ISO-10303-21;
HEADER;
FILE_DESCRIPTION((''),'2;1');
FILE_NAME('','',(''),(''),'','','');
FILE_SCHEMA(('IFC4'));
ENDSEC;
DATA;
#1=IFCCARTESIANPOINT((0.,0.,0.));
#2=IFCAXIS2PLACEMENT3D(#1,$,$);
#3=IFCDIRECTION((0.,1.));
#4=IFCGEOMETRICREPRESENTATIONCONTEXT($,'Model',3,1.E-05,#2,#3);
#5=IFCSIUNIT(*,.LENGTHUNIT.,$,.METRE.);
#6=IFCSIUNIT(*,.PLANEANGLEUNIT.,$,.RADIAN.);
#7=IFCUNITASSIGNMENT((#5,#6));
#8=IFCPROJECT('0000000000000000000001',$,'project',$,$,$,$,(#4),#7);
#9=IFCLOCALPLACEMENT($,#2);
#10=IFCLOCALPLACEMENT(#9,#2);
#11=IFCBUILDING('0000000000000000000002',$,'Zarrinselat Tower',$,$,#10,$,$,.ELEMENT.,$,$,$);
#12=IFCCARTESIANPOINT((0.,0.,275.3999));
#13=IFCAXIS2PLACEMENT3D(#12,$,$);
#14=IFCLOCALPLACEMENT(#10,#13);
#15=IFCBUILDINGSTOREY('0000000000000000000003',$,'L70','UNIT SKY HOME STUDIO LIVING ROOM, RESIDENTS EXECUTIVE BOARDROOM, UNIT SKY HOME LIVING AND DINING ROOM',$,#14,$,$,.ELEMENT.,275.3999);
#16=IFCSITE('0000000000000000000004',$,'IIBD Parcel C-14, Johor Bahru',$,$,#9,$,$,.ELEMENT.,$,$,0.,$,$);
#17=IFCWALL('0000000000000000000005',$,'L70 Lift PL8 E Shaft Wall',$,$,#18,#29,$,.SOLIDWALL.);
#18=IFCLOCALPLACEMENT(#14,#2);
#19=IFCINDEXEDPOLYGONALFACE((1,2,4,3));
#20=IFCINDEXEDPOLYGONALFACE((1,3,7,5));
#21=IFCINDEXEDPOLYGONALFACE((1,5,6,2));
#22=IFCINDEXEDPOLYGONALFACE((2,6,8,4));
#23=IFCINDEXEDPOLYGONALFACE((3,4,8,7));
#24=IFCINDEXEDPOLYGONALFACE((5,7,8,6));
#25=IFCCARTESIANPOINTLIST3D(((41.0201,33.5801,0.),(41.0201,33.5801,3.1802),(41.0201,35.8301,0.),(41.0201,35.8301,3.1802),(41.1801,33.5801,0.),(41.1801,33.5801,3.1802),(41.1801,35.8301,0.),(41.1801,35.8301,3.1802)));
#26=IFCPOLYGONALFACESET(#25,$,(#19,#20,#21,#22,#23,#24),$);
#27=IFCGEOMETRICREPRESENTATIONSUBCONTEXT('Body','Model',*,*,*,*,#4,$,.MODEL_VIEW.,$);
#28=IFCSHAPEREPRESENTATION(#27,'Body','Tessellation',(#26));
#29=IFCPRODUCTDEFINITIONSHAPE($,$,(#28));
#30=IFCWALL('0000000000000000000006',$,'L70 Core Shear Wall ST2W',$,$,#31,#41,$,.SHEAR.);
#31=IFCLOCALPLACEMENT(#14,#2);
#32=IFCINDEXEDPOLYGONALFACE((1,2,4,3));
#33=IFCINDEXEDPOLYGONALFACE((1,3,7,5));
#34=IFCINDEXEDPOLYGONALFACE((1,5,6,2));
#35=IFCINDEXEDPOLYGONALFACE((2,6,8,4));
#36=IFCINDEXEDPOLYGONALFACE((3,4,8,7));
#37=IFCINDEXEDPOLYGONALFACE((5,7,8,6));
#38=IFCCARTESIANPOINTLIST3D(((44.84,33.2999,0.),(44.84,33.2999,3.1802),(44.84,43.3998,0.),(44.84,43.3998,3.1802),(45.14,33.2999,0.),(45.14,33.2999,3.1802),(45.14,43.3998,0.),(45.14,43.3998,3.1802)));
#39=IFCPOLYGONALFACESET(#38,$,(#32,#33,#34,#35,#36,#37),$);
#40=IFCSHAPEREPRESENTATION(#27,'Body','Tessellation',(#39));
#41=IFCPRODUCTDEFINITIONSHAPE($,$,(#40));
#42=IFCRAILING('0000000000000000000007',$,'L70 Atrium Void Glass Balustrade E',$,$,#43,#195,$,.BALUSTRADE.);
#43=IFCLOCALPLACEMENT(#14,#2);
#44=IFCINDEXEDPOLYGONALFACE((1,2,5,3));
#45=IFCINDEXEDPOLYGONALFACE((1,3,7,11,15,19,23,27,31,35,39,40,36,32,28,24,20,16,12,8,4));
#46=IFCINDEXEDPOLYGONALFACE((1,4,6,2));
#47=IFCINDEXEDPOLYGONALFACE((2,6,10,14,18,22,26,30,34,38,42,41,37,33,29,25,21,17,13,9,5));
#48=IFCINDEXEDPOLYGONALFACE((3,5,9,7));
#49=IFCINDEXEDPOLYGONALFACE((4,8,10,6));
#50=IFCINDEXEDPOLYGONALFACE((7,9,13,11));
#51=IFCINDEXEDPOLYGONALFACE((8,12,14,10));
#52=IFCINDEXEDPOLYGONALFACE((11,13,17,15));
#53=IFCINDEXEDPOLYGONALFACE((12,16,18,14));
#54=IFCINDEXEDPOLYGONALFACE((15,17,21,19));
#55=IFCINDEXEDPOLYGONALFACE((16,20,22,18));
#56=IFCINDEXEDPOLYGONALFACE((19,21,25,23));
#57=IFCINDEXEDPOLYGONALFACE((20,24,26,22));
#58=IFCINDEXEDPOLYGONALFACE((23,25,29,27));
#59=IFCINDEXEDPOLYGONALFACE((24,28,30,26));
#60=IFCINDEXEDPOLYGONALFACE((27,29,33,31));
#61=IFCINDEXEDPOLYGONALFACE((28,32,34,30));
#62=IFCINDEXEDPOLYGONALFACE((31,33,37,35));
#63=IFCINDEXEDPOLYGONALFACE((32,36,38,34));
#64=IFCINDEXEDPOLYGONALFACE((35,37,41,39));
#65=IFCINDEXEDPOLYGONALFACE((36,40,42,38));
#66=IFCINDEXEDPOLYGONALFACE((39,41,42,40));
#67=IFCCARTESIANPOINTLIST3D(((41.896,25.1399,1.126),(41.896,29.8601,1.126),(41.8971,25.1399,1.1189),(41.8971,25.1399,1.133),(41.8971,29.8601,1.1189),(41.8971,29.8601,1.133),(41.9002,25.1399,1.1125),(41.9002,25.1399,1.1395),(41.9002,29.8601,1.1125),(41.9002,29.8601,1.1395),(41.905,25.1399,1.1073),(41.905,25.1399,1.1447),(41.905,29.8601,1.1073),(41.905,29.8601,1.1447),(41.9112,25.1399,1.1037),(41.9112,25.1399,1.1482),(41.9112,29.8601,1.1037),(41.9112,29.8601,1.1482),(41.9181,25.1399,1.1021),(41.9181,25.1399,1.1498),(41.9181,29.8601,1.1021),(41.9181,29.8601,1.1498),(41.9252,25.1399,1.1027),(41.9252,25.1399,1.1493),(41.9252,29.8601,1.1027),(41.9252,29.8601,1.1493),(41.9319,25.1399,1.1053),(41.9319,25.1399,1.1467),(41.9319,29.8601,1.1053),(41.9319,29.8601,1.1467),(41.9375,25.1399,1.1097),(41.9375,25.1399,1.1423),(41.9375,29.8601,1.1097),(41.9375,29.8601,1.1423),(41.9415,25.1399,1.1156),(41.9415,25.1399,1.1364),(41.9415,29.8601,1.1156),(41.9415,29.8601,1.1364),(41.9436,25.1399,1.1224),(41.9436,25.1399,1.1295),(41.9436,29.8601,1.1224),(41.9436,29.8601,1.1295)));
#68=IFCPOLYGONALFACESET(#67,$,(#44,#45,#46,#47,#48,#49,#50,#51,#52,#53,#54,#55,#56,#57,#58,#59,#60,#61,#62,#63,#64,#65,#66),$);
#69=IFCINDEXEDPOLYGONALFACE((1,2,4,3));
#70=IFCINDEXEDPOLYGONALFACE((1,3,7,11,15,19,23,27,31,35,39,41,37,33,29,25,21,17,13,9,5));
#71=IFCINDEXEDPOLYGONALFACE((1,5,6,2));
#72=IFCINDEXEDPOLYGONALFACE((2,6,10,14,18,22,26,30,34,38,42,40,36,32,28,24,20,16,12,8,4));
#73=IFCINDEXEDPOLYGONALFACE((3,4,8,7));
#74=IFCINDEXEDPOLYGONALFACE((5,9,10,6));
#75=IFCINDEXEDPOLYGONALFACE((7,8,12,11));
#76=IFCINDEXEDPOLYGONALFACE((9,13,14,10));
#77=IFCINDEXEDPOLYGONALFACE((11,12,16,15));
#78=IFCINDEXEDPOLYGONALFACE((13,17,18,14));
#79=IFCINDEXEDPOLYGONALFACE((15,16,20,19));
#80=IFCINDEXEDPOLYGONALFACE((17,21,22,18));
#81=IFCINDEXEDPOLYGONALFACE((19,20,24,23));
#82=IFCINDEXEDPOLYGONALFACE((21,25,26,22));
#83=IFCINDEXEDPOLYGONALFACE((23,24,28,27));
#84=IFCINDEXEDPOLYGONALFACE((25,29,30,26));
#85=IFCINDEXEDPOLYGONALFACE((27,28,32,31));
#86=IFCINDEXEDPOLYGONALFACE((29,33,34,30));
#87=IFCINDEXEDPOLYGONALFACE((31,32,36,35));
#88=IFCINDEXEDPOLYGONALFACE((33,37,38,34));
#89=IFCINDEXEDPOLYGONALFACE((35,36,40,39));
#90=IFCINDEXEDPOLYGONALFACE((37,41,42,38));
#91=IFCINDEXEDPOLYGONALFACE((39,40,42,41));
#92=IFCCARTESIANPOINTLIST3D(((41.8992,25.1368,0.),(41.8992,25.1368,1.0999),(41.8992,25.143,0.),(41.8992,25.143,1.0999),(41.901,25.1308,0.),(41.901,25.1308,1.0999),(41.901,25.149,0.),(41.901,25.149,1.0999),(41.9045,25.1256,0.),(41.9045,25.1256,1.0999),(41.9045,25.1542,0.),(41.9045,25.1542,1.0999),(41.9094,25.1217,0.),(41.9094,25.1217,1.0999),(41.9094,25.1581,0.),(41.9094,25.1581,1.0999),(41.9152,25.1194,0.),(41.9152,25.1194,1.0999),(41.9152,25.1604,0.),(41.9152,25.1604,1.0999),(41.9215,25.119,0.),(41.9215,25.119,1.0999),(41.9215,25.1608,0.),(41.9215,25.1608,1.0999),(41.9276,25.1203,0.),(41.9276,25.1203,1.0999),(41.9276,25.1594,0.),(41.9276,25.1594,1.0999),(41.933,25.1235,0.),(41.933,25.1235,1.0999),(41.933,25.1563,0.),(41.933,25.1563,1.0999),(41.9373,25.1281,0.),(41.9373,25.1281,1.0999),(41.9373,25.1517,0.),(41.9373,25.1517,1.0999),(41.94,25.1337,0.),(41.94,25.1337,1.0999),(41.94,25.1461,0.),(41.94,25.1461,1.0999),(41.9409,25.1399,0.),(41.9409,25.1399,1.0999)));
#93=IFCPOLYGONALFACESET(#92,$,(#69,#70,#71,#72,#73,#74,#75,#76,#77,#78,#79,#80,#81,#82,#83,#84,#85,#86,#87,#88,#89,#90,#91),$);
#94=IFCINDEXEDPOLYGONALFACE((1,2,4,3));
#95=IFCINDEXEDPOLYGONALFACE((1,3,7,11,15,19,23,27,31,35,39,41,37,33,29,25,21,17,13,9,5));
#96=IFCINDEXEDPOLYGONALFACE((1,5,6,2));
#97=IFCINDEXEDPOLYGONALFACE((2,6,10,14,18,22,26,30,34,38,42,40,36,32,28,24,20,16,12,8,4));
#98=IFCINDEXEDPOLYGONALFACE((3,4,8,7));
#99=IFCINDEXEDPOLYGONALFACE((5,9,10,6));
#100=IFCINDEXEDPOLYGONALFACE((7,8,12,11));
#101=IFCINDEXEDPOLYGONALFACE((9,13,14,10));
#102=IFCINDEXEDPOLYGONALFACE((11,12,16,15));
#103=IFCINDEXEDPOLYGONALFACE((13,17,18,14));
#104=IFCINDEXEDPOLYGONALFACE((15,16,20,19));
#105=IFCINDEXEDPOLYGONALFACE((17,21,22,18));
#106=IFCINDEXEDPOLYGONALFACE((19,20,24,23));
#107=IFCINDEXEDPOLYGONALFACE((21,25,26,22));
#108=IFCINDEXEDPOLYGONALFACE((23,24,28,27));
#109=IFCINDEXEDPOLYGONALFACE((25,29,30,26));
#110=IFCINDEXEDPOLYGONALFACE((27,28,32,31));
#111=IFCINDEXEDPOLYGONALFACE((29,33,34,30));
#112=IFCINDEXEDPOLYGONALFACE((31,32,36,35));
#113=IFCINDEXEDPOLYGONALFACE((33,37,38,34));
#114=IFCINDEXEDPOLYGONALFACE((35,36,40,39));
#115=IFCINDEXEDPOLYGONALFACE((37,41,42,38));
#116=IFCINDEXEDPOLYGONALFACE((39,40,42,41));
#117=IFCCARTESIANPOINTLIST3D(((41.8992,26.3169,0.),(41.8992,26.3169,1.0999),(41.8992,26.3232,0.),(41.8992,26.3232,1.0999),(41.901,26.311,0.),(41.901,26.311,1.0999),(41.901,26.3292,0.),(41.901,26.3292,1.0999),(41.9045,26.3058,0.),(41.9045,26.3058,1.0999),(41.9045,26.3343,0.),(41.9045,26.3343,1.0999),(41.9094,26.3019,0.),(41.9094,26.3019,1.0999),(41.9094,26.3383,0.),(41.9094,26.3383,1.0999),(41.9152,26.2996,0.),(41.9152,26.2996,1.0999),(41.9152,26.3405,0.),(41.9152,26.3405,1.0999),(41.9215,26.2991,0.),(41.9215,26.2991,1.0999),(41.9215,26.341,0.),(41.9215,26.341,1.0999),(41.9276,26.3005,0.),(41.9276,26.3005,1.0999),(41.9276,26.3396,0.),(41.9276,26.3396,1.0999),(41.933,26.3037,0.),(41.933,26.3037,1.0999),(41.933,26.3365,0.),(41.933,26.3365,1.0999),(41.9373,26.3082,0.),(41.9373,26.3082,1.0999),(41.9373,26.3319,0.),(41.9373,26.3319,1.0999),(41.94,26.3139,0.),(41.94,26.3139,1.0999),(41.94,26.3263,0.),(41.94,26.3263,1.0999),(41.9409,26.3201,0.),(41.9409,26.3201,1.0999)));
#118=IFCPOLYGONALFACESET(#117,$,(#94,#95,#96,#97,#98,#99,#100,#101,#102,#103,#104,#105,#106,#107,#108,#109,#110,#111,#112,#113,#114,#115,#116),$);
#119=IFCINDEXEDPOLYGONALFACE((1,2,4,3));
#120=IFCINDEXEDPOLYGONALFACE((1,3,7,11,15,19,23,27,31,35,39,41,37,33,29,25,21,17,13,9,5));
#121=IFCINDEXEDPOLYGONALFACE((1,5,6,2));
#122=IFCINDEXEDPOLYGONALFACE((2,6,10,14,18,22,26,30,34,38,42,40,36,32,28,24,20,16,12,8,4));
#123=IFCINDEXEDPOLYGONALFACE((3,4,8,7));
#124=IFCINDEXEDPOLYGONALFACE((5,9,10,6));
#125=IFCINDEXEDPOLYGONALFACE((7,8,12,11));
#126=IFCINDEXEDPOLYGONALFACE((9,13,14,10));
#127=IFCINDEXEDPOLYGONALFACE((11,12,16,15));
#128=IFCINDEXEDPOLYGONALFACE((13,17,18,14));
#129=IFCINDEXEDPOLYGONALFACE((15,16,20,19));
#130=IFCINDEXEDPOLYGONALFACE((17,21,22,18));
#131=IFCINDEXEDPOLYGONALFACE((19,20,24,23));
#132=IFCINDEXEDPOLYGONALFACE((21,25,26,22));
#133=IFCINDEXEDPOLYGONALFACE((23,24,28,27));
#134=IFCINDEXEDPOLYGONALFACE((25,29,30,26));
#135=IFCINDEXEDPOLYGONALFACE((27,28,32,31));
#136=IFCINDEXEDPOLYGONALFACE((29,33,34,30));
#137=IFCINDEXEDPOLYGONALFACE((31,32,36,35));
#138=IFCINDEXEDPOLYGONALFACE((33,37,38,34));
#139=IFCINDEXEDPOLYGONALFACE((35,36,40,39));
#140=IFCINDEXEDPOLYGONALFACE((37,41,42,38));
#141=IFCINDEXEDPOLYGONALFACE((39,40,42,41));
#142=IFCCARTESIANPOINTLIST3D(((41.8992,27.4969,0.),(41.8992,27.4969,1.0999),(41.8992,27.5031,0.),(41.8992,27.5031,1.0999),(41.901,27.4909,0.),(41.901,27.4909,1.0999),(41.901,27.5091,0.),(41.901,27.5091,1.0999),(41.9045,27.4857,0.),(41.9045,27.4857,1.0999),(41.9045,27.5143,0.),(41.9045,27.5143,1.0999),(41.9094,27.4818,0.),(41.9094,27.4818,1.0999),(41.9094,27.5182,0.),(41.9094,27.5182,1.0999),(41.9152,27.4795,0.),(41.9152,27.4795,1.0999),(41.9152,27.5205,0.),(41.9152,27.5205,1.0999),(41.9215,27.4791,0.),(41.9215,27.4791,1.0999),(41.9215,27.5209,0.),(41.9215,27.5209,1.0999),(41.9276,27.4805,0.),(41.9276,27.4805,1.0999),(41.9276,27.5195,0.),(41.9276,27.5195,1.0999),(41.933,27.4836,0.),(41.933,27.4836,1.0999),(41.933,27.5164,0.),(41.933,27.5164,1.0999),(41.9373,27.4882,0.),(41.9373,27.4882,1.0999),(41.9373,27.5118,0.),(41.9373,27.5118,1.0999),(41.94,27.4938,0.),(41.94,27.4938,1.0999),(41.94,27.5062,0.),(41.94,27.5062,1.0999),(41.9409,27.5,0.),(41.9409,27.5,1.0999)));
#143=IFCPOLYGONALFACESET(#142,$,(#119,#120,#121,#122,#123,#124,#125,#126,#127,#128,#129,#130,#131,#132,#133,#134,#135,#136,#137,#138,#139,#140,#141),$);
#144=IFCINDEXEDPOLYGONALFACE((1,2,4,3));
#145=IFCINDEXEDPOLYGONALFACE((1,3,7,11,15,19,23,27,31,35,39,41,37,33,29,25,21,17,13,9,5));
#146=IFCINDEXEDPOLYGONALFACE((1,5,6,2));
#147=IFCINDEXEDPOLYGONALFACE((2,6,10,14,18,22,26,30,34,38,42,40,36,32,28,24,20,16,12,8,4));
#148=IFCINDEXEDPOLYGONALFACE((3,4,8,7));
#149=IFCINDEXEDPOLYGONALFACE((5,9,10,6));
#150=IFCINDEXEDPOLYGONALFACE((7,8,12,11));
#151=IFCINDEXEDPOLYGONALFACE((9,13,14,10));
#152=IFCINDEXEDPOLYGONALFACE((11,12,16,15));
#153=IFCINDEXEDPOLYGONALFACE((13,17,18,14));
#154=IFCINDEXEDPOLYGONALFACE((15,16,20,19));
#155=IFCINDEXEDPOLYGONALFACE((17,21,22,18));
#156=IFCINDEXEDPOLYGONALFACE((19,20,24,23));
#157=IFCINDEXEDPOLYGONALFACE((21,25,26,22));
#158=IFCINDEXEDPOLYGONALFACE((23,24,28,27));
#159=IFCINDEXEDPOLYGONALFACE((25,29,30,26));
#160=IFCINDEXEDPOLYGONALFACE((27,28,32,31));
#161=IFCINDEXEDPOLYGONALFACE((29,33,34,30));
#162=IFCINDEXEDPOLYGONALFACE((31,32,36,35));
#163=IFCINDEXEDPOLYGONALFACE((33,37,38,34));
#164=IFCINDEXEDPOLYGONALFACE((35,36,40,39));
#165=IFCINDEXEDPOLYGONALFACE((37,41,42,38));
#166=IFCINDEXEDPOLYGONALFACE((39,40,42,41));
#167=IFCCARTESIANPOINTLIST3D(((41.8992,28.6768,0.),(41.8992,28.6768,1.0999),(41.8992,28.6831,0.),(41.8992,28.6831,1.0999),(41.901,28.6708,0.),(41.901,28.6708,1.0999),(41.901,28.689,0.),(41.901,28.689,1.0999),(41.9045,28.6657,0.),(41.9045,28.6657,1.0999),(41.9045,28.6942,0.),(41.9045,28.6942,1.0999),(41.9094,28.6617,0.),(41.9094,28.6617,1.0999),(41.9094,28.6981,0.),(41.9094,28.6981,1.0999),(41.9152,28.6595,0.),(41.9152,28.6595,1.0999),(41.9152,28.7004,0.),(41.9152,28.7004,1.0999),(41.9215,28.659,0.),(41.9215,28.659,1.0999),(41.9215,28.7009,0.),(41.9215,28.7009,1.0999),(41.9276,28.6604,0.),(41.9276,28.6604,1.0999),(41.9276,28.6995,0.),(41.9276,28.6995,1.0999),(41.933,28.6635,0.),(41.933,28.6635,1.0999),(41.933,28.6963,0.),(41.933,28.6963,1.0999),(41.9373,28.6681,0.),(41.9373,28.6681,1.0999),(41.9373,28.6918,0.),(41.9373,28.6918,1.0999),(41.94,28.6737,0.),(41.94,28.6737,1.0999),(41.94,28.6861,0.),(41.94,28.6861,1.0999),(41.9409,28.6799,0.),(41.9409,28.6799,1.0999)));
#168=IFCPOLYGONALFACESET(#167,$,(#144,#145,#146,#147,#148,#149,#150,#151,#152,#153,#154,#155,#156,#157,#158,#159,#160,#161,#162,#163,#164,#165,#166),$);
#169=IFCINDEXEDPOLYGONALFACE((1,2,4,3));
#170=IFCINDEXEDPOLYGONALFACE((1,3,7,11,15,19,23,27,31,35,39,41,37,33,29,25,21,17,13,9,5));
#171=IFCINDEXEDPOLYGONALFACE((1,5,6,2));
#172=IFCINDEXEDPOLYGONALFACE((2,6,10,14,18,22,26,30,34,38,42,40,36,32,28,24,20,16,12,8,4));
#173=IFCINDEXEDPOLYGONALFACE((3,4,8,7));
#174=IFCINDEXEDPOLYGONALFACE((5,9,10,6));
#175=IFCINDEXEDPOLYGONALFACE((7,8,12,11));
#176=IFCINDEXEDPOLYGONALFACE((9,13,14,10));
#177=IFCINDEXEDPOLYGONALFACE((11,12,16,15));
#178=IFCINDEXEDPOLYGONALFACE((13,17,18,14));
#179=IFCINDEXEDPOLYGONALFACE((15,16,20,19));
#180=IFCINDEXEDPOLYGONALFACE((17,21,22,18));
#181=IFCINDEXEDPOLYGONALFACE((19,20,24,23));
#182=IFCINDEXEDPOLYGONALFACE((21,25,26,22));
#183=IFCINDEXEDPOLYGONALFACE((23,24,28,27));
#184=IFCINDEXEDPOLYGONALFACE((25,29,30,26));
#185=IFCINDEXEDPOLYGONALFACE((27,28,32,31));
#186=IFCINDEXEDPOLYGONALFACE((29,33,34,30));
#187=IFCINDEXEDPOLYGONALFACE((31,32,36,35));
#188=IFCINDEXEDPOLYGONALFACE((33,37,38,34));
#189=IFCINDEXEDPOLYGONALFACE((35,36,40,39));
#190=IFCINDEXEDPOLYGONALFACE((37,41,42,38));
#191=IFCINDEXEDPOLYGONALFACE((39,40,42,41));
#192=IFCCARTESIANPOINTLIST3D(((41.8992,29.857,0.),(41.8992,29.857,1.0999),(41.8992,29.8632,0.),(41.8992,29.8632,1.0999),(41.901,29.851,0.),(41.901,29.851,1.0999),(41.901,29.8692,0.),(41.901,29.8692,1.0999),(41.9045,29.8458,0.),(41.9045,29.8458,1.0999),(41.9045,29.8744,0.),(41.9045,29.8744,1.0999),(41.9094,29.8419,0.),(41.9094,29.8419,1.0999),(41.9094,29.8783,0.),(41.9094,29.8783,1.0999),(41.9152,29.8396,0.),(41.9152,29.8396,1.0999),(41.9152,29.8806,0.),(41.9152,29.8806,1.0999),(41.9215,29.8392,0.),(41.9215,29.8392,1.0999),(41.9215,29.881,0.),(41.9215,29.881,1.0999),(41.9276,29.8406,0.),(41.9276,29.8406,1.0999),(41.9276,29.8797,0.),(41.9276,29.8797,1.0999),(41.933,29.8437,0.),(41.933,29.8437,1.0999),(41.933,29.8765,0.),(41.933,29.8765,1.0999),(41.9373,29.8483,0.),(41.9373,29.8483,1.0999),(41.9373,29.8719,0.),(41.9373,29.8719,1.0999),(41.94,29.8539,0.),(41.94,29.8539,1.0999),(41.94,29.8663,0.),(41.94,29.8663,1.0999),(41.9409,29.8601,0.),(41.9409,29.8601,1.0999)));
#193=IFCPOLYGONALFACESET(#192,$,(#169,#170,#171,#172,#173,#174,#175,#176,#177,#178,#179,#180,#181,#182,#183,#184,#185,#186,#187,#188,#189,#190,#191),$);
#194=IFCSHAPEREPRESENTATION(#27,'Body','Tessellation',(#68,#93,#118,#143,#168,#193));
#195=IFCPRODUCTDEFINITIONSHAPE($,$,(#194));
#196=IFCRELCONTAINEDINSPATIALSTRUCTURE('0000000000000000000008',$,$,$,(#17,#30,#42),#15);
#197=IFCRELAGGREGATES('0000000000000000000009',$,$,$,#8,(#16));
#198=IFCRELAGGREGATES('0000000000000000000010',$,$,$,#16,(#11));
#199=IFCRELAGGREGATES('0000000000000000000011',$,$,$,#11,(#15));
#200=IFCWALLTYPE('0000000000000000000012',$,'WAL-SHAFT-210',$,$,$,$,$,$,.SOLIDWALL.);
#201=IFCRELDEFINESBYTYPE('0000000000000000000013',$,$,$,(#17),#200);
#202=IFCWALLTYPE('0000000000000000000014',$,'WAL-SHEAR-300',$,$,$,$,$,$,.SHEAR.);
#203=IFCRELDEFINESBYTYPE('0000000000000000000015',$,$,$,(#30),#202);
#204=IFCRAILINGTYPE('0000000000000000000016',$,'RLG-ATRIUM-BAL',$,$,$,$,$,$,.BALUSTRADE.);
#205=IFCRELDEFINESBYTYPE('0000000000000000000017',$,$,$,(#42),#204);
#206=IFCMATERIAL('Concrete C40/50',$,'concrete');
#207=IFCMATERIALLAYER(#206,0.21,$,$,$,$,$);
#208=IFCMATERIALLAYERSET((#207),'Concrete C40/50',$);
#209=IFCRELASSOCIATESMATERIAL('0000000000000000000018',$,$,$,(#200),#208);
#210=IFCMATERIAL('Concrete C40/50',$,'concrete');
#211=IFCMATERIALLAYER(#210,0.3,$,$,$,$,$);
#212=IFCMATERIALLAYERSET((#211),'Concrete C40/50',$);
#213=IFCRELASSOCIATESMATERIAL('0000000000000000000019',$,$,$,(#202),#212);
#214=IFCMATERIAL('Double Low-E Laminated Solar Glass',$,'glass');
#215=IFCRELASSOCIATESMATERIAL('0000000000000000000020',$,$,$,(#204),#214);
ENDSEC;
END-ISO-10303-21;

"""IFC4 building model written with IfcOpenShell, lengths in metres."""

from ifc_helpers import new_model, si_unit, direction, frame, frame_2d, origin, origin_2d, place, context, subcontext, project, spatial, rectangle, circle, extrude, material, layer, layer_set, type_object, element, save


model = new_model("IFC4")

# Units and contexts
model_context = context("Model", 3, precision=1e-05, world=origin(), true_north=direction((0.0, 1.0)))
body_context = subcontext(model_context, "Body", "Model", "MODEL_VIEW")
ifc_project = project(units=[si_unit("LENGTHUNIT", "METRE"), si_unit("PLANEANGLEUNIT", "RADIAN")], contexts=[model_context])

# Site, building, storey
site_placement = place(None, origin())
site = spatial("IfcSite", under=ifc_project, at=site_placement, Name="IIBD Parcel C-14, Johor Bahru", CompositionType="ELEMENT", RefElevation=0.0)
building_placement = place(site_placement, origin())
building = spatial("IfcBuilding", under=site, at=building_placement, Name="Zarrinselat Tower", CompositionType="ELEMENT")
storey_placement = place(building_placement, frame((0.0, 0.0, 275.3999)))
storey = spatial("IfcBuildingStorey", under=building, at=storey_placement, Name="L70", Description="UNIT SKY HOME STUDIO LIVING ROOM, RESIDENTS EXECUTIVE BOARDROOM, UNIT SKY HOME LIVING AND DINING ROOM", CompositionType="ELEMENT", Elevation=275.3999)

# Walls
ifc_material_1 = material(Name="Concrete C40/50", Category="concrete")
ifc_layer_1 = layer(ifc_material_1, 0.21)
ifc_layer_set_1 = layer_set([ifc_layer_1], Name="Concrete C40/50")
wall_type_1 = type_object("IfcWallType", Name="WAL-SHAFT-210", PredefinedType="SOLIDWALL", material=ifc_layer_set_1)
for number, where, z_axis, x_axis, name in (
    (1, (41.1001, 33.5801, 0.0), (0.0, 0.0, 1.0), (0.0, 1.0, 0.0), "L70 Lift PL8 E Shaft Wall"),
):
    element("IfcWall", number, at=place(storey_placement, frame(where, z_axis=z_axis, x_axis=x_axis)), inside=storey, type_object=wall_type_1, Name=name, PredefinedType="SOLIDWALL", context=body_context, shape_type="SweptSolid", body=[
        extrude(rectangle(XDim=2.25, YDim=0.1599, at=frame_2d((1.125, 0.0))), origin(), (0.0, 0.0, 1.0), 3.1802),
    ])
ifc_material_2 = material(Name="Concrete C40/50", Category="concrete")
ifc_layer_2 = layer(ifc_material_2, 0.3)
ifc_layer_set_2 = layer_set([ifc_layer_2], Name="Concrete C40/50")
wall_type_2 = type_object("IfcWallType", Name="WAL-SHEAR-300", PredefinedType="SHEAR", material=ifc_layer_set_2)
wall_1_placement = place(storey_placement, frame((44.99, 33.3, 0.0), z_axis=(0.0, 0.0, 1.0), x_axis=(0.0, 1.0, 0.0)))
element("IfcWall", 2, at=wall_1_placement, inside=storey, type_object=wall_type_2, Name="L70 Core Shear Wall ST2W", PredefinedType="SHEAR", context=body_context, shape_type="SweptSolid", body=[
    extrude(rectangle(XDim=10.0999, YDim=0.3, at=frame_2d((5.0498, 0.0))), origin(), (0.0, 0.0, 1.0), 3.1802),
])

# Railing
ifc_material_3 = material(Name="Double Low-E Laminated Solar Glass", Category="glass")
railing_type = type_object("IfcRailingType", Name="RLG-ATRIUM-BAL", PredefinedType="BALUSTRADE", material=ifc_material_3)
railing_1_placement = place(storey_placement, frame((41.9199, 25.1399, 0.0)))
element("IfcRailing", 3, at=railing_1_placement, inside=storey, type_object=railing_type, Name="L70 Atrium Void Glass Balustrade E", PredefinedType="BALUSTRADE", context=body_context, shape_type="SweptSolid", body=[
    extrude(circle(Radius=0.0239, at=origin_2d()), frame((0.0, 0.0, 1.126), z_axis=(0.0, 1.0, 0.0), x_axis=(-1.0, 0.0, 0.0)), (0.0, 0.0, 1.0), 4.7202),
    extrude(circle(Radius=0.021, at=origin_2d()), origin(), (0.0, 0.0, 1.0), 1.0999),
    extrude(circle(Radius=0.021, at=origin_2d()), frame((0.0, 1.1802, 0.0)), (0.0, 0.0, 1.0), 1.0999),
    extrude(circle(Radius=0.021, at=origin_2d()), frame((0.0, 2.3601, 0.0)), (0.0, 0.0, 1.0), 1.0999),
    extrude(circle(Radius=0.021, at=origin_2d()), frame((0.0, 3.54, 0.0)), (0.0, 0.0, 1.0), 1.0999),
    extrude(circle(Radius=0.021, at=origin_2d()), frame((0.0, 4.7202, 0.0)), (0.0, 0.0, 1.0), 1.0999),
])

save(model, "model.ifc")
